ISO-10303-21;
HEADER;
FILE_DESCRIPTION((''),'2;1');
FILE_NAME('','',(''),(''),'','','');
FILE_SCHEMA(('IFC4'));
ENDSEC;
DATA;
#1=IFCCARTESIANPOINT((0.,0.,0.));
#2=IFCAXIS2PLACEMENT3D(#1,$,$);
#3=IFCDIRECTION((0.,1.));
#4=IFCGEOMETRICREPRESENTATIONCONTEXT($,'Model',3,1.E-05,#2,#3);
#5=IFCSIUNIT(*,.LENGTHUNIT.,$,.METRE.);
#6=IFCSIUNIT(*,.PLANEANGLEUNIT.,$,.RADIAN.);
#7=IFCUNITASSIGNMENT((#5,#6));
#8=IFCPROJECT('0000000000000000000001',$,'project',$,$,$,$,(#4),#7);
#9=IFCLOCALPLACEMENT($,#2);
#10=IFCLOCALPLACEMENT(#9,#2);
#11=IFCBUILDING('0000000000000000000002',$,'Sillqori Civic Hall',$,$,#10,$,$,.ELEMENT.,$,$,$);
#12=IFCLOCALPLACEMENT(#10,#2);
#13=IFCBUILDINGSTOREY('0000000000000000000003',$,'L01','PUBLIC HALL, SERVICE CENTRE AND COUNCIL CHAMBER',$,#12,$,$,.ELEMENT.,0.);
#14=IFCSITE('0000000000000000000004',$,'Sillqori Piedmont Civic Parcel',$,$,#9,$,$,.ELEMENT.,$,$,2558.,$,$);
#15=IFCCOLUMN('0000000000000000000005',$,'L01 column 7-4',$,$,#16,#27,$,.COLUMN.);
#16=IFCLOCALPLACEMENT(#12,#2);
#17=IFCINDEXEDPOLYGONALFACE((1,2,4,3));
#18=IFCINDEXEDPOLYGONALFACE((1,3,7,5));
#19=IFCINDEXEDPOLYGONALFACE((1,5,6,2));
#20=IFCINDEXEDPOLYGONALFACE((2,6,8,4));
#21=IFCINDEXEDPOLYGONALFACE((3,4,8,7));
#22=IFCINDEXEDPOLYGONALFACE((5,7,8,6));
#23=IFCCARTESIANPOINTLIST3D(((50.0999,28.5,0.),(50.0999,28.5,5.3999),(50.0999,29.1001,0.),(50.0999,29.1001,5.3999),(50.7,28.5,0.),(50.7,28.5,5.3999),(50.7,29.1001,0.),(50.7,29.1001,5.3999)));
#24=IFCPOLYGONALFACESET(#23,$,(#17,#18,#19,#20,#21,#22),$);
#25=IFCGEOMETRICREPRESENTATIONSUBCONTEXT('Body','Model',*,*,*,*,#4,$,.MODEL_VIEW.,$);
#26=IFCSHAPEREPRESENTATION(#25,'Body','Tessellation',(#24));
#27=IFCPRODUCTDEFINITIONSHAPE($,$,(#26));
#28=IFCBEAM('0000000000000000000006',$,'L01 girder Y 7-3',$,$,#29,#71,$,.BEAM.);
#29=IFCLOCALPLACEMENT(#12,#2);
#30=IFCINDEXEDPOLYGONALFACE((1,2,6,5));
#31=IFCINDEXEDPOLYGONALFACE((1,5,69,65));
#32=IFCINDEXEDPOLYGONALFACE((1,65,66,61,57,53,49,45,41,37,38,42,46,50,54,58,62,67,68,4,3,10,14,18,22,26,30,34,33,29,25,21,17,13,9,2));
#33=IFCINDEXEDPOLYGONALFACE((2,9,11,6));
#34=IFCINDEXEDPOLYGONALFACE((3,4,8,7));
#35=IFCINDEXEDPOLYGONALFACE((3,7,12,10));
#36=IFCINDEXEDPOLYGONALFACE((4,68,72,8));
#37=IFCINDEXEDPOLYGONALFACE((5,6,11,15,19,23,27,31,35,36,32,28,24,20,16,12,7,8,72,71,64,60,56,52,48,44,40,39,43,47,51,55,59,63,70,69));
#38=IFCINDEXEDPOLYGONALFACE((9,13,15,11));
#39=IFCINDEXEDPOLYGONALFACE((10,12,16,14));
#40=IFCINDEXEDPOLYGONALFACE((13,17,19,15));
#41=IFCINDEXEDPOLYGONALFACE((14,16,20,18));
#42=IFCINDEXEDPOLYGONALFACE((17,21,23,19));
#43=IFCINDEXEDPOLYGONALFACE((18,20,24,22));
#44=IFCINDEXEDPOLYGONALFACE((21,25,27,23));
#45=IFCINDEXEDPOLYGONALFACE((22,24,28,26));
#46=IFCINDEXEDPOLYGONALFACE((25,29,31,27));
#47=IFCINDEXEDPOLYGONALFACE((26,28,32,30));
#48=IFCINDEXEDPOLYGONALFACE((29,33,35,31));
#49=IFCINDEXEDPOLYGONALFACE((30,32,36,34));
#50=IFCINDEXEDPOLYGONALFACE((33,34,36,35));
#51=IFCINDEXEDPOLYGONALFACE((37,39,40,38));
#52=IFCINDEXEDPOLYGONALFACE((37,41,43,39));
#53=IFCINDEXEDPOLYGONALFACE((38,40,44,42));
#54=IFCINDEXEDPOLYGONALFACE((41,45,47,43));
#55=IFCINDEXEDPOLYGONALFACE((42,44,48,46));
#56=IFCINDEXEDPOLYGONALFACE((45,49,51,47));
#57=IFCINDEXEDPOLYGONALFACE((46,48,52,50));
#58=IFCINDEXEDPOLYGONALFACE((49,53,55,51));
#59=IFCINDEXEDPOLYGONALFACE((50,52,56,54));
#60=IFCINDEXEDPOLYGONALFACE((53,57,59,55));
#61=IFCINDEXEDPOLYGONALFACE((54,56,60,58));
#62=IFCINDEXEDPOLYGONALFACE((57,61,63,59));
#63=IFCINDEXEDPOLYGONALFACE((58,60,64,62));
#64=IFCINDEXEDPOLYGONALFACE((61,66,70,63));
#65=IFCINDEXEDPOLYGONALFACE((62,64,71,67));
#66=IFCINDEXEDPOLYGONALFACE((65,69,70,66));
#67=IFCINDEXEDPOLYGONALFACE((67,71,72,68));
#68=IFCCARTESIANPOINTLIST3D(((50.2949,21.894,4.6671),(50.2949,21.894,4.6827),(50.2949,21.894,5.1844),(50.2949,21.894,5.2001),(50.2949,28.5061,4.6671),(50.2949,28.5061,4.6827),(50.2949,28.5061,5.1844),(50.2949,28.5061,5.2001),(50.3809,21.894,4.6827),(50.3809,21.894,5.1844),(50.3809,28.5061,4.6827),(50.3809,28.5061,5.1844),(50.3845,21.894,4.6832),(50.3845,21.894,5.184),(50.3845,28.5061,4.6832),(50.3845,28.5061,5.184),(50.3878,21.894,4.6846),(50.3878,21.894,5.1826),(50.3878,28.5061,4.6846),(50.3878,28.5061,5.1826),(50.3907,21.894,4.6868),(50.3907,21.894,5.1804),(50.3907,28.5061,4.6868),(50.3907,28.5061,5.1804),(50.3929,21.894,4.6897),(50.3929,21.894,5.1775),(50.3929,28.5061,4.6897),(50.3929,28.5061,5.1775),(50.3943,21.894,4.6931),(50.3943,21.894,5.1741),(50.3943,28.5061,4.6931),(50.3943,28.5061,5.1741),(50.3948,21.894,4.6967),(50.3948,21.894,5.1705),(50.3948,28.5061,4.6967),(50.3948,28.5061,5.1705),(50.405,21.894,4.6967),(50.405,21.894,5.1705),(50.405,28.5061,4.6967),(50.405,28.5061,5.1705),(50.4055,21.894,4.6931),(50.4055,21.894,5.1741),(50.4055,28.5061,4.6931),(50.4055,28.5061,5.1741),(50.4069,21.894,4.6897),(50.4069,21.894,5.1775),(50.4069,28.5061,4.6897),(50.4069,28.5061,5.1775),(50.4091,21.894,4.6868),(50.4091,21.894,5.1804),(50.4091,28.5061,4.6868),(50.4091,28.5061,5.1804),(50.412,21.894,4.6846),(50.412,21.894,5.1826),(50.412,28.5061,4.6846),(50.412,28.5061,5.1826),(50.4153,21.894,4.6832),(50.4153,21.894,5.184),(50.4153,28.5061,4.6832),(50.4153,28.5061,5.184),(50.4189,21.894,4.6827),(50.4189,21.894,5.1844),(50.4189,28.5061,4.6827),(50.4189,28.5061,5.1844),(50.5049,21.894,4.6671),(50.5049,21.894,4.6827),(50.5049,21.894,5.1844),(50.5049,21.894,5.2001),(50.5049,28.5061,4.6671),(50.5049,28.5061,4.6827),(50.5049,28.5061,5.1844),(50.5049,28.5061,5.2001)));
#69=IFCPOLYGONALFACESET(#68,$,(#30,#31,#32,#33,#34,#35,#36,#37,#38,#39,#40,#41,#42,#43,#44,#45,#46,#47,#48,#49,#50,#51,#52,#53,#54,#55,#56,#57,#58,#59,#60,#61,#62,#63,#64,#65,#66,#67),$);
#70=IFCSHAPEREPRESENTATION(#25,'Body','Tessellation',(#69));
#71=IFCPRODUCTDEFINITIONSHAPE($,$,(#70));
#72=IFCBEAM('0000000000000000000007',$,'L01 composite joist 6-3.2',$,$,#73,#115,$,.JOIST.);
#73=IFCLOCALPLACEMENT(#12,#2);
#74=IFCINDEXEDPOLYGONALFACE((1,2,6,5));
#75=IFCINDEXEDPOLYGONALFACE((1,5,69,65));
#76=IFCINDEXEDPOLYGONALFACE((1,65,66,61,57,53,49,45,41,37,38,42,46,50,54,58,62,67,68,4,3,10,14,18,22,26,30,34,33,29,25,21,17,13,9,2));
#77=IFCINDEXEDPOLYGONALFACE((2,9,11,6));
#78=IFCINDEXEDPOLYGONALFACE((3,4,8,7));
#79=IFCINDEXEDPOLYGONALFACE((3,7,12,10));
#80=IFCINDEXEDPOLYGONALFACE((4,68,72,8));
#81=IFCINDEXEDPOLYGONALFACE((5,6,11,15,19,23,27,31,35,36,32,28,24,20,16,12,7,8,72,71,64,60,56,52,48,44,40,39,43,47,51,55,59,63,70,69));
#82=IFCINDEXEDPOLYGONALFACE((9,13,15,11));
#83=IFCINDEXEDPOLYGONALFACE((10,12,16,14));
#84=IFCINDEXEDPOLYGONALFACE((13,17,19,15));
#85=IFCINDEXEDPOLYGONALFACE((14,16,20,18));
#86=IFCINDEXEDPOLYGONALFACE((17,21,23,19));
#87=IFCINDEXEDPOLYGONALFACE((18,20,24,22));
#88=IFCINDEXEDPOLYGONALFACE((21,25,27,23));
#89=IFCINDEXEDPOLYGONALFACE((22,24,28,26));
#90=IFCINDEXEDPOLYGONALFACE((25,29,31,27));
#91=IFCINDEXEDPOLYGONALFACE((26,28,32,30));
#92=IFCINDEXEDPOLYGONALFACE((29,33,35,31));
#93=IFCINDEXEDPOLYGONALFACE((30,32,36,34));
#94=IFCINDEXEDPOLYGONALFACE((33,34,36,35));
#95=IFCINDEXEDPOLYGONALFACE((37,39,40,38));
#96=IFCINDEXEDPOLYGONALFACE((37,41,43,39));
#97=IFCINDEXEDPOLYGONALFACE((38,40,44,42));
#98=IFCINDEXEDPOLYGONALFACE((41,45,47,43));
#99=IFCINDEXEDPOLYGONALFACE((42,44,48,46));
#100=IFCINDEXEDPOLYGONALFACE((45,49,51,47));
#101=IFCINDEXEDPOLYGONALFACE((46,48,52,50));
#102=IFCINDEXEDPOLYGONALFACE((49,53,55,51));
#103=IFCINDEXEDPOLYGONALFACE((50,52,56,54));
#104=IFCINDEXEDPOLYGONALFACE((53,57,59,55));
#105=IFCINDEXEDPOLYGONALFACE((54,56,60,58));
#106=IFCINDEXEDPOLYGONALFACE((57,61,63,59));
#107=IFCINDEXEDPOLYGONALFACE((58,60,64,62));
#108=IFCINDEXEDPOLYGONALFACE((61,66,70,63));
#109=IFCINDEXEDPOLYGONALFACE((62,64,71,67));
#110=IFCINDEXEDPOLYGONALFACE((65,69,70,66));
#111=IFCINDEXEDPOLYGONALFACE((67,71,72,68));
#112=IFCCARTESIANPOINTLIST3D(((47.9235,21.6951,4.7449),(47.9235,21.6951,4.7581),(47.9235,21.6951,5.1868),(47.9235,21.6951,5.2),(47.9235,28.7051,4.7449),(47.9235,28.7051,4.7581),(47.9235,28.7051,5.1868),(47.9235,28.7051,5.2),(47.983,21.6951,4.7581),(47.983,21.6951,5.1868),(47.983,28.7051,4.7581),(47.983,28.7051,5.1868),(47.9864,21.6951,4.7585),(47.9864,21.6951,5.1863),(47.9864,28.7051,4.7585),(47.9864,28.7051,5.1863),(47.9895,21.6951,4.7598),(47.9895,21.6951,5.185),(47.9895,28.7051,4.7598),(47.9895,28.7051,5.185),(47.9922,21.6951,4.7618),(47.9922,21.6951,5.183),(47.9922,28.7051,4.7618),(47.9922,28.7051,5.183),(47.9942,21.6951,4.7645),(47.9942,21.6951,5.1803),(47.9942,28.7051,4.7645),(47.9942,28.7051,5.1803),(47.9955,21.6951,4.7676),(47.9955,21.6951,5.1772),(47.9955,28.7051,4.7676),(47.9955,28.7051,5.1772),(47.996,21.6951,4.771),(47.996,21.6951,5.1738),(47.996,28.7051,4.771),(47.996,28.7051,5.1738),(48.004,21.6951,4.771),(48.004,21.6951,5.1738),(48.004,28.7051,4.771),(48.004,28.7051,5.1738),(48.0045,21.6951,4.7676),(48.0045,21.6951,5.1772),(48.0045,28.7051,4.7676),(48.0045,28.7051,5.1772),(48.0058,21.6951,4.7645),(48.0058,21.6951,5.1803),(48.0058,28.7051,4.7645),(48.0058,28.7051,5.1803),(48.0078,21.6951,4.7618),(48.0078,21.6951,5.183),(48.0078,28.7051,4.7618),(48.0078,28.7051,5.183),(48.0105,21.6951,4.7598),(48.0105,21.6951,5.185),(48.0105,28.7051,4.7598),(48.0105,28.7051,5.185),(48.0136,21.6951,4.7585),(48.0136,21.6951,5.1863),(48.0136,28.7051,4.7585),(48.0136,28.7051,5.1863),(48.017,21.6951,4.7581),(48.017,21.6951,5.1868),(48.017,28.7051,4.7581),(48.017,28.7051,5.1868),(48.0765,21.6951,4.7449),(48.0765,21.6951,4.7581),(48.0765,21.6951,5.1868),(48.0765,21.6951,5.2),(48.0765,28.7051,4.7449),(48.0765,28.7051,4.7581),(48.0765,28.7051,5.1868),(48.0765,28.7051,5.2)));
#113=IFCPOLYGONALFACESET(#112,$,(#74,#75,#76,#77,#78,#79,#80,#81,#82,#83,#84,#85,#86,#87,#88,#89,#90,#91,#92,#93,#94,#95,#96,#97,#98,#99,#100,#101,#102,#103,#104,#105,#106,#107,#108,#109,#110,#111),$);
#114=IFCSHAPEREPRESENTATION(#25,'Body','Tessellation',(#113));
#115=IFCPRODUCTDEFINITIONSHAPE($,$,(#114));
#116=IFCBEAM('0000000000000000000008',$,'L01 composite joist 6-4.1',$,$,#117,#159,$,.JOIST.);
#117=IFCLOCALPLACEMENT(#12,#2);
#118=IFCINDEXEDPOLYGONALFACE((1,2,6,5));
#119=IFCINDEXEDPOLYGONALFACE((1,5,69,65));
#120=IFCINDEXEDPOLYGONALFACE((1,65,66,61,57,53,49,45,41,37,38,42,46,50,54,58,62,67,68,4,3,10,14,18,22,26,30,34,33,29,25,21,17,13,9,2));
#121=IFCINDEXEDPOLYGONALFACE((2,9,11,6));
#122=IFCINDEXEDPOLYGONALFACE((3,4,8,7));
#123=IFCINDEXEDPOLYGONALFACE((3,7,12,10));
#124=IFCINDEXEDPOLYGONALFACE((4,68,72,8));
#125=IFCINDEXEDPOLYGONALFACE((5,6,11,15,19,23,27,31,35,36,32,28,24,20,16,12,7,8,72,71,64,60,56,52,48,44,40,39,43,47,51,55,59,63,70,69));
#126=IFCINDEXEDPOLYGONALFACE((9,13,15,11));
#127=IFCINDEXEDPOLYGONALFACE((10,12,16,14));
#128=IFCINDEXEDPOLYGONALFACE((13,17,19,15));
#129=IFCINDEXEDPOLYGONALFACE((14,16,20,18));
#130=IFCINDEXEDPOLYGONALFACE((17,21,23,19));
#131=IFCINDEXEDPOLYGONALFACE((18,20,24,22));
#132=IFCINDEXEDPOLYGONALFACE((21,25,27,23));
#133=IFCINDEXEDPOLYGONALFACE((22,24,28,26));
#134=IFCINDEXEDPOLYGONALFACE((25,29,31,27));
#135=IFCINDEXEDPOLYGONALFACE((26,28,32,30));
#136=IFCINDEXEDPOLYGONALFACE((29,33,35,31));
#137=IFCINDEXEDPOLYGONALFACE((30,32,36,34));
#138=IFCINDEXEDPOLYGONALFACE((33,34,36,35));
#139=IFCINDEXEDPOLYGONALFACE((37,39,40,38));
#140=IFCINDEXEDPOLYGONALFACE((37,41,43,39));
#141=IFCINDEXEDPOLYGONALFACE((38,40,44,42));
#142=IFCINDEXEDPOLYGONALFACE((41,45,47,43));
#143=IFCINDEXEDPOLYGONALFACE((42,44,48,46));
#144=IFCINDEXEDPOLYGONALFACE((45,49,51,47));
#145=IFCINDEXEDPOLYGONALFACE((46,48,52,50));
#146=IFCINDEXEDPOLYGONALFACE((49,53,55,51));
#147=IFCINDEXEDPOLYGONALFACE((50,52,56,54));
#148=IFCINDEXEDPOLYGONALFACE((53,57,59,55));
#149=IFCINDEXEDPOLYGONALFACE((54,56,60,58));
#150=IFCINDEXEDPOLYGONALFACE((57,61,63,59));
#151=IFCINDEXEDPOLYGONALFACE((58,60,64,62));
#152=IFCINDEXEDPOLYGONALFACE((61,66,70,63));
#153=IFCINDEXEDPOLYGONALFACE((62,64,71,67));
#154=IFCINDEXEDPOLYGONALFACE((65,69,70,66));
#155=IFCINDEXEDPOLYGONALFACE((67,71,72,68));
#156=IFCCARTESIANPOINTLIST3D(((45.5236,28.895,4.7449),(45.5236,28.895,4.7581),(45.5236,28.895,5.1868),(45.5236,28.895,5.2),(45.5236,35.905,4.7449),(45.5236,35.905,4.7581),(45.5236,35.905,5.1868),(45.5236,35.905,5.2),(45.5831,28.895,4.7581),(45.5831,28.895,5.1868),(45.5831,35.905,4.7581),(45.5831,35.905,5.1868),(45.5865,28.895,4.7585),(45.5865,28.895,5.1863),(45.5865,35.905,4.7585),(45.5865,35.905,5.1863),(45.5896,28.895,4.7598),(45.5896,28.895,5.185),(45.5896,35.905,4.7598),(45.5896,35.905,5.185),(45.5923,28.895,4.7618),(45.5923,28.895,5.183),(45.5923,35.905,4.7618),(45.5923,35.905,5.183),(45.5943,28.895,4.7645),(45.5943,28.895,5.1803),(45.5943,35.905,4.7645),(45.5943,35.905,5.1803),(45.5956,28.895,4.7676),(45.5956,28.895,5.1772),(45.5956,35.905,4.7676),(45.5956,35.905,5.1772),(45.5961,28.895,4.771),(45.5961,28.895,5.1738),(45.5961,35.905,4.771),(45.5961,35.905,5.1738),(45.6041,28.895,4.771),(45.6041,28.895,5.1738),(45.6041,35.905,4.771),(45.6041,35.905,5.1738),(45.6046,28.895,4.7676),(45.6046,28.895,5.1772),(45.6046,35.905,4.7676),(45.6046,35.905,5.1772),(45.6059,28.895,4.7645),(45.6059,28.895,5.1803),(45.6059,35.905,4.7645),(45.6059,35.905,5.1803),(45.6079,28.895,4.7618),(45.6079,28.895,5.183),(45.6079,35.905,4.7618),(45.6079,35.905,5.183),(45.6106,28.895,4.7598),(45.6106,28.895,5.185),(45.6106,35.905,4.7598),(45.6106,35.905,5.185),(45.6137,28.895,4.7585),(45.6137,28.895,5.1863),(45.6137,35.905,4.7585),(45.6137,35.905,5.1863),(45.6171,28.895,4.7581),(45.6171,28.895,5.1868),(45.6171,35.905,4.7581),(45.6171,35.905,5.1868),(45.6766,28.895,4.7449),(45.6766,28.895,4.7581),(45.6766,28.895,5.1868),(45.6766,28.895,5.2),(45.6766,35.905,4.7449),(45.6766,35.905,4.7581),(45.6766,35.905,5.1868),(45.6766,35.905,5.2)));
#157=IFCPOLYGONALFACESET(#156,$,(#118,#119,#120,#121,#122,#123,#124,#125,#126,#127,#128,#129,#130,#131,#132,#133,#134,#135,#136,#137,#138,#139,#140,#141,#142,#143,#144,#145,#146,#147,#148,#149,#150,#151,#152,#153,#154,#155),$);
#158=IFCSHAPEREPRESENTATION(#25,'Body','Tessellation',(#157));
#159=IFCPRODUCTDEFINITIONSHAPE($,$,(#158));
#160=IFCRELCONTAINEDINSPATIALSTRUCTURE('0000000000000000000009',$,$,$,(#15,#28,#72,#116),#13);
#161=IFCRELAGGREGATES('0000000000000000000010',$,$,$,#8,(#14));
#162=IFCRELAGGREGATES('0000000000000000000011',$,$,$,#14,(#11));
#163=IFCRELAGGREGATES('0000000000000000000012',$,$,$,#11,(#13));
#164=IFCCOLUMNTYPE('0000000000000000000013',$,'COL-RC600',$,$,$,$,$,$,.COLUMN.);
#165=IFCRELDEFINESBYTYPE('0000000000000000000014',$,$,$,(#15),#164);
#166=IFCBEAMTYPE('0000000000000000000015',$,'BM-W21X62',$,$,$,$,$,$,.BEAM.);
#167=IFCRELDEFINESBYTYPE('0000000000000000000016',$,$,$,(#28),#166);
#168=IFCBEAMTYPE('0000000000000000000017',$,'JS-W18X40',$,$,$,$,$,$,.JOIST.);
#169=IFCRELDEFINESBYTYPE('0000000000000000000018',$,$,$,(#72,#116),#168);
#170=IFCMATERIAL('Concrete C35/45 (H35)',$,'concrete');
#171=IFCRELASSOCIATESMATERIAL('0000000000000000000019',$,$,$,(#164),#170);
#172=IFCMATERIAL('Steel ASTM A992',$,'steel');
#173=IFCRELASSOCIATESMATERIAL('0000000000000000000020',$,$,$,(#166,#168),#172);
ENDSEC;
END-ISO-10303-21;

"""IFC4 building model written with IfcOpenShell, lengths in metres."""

from ifc_helpers import new_model, si_unit, direction, frame, origin, origin_2d, place, context, subcontext, project, spatial, rectangle, i_section, extrude, material, material_profile, profile_set, type_object, element, save


model = new_model("IFC4")

# Units and contexts
model_context = context("Model", 3, precision=1e-05, world=origin(), true_north=direction((0.0, 1.0)))
body_context = subcontext(model_context, "Body", "Model", "MODEL_VIEW")
ifc_project = project(units=[si_unit("LENGTHUNIT", "METRE"), si_unit("PLANEANGLEUNIT", "RADIAN")], contexts=[model_context])

# Site, building, storey
site_placement = place(None, origin())
site = spatial("IfcSite", under=ifc_project, at=site_placement, Name="Sillqori Piedmont Civic Parcel", CompositionType="ELEMENT", RefElevation=2558.0)
building_placement = place(site_placement, origin())
building = spatial("IfcBuilding", under=site, at=building_placement, Name="Sillqori Civic Hall", CompositionType="ELEMENT")
storey_placement = place(building_placement, origin())
storey = spatial("IfcBuildingStorey", under=building, at=storey_placement, Name="L01", Description="PUBLIC HALL, SERVICE CENTRE AND COUNCIL CHAMBER", CompositionType="ELEMENT", Elevation=0.0)

# Column
ifc_material_1 = material(Name="Concrete C35/45 (H35)", Category="concrete")
ifc_material_profile_1 = material_profile(ifc_material_1, rectangle(XDim=0.6001, YDim=0.6001, at=origin_2d()), Name="RC 600x600")
ifc_profile_set_1 = profile_set([ifc_material_profile_1], Name="Concrete C35/45 (H35)")
column_type = type_object("IfcColumnType", Name="COL-RC600", PredefinedType="COLUMN", material=ifc_profile_set_1)
column_placement = place(storey_placement, frame((50.3999, 28.8, 0.0), z_axis=(0.0, 0.0, 1.0), x_axis=(1.0, 0.0, 0.0)))
element("IfcColumn", 1, at=column_placement, inside=storey, type_object=column_type, Name="L01 column 7-4", PredefinedType="COLUMN", context=body_context, shape_type="SweptSolid", body=[
    extrude(rectangle(XDim=0.6001, YDim=0.6001, at=origin_2d()), origin(), (0.0, 0.0, 1.0), 5.3999),
])

# Beams
ifc_material_2 = material(Name="Steel ASTM A992", Category="steel")
ifc_material_profile_2 = material_profile(ifc_material_2, i_section(OverallWidth=0.21, OverallDepth=0.533, WebThickness=0.0103, FlangeThickness=0.0156, FilletRadius=0.0139, at=origin_2d()), Name="W21X62")
ifc_profile_set_2 = profile_set([ifc_material_profile_2], Name="Steel ASTM A992")
beam_type_1 = type_object("IfcBeamType", Name="BM-W21X62", PredefinedType="BEAM", material=ifc_profile_set_2)
beam_placement = place(storey_placement, frame((50.3999, 21.894, 4.9336), z_axis=(0.0, 1.0, 0.0), x_axis=(-1.0, 0.0, 0.0)))
element("IfcBeam", 2, at=beam_placement, inside=storey, type_object=beam_type_1, Name="L01 girder Y 7-3", PredefinedType="BEAM", context=body_context, shape_type="SweptSolid", body=[
    extrude(i_section(OverallWidth=0.21, OverallDepth=0.533, WebThickness=0.0103, FlangeThickness=0.0156, FilletRadius=0.0139, at=origin_2d()), origin(), (0.0, 0.0, 1.0), 6.6121),
])
ifc_material_profile_3 = material_profile(ifc_material_2, i_section(OverallWidth=0.1531, OverallDepth=0.4551, WebThickness=0.0081, FlangeThickness=0.0132, FilletRadius=0.0129, at=origin_2d()), Name="W18X40")
ifc_profile_set_3 = profile_set([ifc_material_profile_3], Name="Steel ASTM A992")
beam_type_2 = type_object("IfcBeamType", Name="JS-W18X40", PredefinedType="JOIST", material=ifc_profile_set_3)
for number, where, z_axis, x_axis, name in (
    (3, (48.0, 21.6951, 4.9724), (0.0, 1.0, 0.0), (-1.0, 0.0, 0.0), "L01 composite joist 6-3.2"),
    (4, (45.6001, 28.895, 4.9724), (0.0, 1.0, 0.0), (-1.0, 0.0, 0.0), "L01 composite joist 6-4.1"),
):
    element("IfcBeam", number, at=place(storey_placement, frame(where, z_axis=z_axis, x_axis=x_axis)), inside=storey, type_object=beam_type_2, Name=name, PredefinedType="JOIST", context=body_context, shape_type="SweptSolid", body=[
        extrude(i_section(OverallWidth=0.1531, OverallDepth=0.4551, WebThickness=0.0081, FlangeThickness=0.0132, FilletRadius=0.0129, at=origin_2d()), origin(), (0.0, 0.0, 1.0), 7.01),
    ])

save(model, "model.ifc")
